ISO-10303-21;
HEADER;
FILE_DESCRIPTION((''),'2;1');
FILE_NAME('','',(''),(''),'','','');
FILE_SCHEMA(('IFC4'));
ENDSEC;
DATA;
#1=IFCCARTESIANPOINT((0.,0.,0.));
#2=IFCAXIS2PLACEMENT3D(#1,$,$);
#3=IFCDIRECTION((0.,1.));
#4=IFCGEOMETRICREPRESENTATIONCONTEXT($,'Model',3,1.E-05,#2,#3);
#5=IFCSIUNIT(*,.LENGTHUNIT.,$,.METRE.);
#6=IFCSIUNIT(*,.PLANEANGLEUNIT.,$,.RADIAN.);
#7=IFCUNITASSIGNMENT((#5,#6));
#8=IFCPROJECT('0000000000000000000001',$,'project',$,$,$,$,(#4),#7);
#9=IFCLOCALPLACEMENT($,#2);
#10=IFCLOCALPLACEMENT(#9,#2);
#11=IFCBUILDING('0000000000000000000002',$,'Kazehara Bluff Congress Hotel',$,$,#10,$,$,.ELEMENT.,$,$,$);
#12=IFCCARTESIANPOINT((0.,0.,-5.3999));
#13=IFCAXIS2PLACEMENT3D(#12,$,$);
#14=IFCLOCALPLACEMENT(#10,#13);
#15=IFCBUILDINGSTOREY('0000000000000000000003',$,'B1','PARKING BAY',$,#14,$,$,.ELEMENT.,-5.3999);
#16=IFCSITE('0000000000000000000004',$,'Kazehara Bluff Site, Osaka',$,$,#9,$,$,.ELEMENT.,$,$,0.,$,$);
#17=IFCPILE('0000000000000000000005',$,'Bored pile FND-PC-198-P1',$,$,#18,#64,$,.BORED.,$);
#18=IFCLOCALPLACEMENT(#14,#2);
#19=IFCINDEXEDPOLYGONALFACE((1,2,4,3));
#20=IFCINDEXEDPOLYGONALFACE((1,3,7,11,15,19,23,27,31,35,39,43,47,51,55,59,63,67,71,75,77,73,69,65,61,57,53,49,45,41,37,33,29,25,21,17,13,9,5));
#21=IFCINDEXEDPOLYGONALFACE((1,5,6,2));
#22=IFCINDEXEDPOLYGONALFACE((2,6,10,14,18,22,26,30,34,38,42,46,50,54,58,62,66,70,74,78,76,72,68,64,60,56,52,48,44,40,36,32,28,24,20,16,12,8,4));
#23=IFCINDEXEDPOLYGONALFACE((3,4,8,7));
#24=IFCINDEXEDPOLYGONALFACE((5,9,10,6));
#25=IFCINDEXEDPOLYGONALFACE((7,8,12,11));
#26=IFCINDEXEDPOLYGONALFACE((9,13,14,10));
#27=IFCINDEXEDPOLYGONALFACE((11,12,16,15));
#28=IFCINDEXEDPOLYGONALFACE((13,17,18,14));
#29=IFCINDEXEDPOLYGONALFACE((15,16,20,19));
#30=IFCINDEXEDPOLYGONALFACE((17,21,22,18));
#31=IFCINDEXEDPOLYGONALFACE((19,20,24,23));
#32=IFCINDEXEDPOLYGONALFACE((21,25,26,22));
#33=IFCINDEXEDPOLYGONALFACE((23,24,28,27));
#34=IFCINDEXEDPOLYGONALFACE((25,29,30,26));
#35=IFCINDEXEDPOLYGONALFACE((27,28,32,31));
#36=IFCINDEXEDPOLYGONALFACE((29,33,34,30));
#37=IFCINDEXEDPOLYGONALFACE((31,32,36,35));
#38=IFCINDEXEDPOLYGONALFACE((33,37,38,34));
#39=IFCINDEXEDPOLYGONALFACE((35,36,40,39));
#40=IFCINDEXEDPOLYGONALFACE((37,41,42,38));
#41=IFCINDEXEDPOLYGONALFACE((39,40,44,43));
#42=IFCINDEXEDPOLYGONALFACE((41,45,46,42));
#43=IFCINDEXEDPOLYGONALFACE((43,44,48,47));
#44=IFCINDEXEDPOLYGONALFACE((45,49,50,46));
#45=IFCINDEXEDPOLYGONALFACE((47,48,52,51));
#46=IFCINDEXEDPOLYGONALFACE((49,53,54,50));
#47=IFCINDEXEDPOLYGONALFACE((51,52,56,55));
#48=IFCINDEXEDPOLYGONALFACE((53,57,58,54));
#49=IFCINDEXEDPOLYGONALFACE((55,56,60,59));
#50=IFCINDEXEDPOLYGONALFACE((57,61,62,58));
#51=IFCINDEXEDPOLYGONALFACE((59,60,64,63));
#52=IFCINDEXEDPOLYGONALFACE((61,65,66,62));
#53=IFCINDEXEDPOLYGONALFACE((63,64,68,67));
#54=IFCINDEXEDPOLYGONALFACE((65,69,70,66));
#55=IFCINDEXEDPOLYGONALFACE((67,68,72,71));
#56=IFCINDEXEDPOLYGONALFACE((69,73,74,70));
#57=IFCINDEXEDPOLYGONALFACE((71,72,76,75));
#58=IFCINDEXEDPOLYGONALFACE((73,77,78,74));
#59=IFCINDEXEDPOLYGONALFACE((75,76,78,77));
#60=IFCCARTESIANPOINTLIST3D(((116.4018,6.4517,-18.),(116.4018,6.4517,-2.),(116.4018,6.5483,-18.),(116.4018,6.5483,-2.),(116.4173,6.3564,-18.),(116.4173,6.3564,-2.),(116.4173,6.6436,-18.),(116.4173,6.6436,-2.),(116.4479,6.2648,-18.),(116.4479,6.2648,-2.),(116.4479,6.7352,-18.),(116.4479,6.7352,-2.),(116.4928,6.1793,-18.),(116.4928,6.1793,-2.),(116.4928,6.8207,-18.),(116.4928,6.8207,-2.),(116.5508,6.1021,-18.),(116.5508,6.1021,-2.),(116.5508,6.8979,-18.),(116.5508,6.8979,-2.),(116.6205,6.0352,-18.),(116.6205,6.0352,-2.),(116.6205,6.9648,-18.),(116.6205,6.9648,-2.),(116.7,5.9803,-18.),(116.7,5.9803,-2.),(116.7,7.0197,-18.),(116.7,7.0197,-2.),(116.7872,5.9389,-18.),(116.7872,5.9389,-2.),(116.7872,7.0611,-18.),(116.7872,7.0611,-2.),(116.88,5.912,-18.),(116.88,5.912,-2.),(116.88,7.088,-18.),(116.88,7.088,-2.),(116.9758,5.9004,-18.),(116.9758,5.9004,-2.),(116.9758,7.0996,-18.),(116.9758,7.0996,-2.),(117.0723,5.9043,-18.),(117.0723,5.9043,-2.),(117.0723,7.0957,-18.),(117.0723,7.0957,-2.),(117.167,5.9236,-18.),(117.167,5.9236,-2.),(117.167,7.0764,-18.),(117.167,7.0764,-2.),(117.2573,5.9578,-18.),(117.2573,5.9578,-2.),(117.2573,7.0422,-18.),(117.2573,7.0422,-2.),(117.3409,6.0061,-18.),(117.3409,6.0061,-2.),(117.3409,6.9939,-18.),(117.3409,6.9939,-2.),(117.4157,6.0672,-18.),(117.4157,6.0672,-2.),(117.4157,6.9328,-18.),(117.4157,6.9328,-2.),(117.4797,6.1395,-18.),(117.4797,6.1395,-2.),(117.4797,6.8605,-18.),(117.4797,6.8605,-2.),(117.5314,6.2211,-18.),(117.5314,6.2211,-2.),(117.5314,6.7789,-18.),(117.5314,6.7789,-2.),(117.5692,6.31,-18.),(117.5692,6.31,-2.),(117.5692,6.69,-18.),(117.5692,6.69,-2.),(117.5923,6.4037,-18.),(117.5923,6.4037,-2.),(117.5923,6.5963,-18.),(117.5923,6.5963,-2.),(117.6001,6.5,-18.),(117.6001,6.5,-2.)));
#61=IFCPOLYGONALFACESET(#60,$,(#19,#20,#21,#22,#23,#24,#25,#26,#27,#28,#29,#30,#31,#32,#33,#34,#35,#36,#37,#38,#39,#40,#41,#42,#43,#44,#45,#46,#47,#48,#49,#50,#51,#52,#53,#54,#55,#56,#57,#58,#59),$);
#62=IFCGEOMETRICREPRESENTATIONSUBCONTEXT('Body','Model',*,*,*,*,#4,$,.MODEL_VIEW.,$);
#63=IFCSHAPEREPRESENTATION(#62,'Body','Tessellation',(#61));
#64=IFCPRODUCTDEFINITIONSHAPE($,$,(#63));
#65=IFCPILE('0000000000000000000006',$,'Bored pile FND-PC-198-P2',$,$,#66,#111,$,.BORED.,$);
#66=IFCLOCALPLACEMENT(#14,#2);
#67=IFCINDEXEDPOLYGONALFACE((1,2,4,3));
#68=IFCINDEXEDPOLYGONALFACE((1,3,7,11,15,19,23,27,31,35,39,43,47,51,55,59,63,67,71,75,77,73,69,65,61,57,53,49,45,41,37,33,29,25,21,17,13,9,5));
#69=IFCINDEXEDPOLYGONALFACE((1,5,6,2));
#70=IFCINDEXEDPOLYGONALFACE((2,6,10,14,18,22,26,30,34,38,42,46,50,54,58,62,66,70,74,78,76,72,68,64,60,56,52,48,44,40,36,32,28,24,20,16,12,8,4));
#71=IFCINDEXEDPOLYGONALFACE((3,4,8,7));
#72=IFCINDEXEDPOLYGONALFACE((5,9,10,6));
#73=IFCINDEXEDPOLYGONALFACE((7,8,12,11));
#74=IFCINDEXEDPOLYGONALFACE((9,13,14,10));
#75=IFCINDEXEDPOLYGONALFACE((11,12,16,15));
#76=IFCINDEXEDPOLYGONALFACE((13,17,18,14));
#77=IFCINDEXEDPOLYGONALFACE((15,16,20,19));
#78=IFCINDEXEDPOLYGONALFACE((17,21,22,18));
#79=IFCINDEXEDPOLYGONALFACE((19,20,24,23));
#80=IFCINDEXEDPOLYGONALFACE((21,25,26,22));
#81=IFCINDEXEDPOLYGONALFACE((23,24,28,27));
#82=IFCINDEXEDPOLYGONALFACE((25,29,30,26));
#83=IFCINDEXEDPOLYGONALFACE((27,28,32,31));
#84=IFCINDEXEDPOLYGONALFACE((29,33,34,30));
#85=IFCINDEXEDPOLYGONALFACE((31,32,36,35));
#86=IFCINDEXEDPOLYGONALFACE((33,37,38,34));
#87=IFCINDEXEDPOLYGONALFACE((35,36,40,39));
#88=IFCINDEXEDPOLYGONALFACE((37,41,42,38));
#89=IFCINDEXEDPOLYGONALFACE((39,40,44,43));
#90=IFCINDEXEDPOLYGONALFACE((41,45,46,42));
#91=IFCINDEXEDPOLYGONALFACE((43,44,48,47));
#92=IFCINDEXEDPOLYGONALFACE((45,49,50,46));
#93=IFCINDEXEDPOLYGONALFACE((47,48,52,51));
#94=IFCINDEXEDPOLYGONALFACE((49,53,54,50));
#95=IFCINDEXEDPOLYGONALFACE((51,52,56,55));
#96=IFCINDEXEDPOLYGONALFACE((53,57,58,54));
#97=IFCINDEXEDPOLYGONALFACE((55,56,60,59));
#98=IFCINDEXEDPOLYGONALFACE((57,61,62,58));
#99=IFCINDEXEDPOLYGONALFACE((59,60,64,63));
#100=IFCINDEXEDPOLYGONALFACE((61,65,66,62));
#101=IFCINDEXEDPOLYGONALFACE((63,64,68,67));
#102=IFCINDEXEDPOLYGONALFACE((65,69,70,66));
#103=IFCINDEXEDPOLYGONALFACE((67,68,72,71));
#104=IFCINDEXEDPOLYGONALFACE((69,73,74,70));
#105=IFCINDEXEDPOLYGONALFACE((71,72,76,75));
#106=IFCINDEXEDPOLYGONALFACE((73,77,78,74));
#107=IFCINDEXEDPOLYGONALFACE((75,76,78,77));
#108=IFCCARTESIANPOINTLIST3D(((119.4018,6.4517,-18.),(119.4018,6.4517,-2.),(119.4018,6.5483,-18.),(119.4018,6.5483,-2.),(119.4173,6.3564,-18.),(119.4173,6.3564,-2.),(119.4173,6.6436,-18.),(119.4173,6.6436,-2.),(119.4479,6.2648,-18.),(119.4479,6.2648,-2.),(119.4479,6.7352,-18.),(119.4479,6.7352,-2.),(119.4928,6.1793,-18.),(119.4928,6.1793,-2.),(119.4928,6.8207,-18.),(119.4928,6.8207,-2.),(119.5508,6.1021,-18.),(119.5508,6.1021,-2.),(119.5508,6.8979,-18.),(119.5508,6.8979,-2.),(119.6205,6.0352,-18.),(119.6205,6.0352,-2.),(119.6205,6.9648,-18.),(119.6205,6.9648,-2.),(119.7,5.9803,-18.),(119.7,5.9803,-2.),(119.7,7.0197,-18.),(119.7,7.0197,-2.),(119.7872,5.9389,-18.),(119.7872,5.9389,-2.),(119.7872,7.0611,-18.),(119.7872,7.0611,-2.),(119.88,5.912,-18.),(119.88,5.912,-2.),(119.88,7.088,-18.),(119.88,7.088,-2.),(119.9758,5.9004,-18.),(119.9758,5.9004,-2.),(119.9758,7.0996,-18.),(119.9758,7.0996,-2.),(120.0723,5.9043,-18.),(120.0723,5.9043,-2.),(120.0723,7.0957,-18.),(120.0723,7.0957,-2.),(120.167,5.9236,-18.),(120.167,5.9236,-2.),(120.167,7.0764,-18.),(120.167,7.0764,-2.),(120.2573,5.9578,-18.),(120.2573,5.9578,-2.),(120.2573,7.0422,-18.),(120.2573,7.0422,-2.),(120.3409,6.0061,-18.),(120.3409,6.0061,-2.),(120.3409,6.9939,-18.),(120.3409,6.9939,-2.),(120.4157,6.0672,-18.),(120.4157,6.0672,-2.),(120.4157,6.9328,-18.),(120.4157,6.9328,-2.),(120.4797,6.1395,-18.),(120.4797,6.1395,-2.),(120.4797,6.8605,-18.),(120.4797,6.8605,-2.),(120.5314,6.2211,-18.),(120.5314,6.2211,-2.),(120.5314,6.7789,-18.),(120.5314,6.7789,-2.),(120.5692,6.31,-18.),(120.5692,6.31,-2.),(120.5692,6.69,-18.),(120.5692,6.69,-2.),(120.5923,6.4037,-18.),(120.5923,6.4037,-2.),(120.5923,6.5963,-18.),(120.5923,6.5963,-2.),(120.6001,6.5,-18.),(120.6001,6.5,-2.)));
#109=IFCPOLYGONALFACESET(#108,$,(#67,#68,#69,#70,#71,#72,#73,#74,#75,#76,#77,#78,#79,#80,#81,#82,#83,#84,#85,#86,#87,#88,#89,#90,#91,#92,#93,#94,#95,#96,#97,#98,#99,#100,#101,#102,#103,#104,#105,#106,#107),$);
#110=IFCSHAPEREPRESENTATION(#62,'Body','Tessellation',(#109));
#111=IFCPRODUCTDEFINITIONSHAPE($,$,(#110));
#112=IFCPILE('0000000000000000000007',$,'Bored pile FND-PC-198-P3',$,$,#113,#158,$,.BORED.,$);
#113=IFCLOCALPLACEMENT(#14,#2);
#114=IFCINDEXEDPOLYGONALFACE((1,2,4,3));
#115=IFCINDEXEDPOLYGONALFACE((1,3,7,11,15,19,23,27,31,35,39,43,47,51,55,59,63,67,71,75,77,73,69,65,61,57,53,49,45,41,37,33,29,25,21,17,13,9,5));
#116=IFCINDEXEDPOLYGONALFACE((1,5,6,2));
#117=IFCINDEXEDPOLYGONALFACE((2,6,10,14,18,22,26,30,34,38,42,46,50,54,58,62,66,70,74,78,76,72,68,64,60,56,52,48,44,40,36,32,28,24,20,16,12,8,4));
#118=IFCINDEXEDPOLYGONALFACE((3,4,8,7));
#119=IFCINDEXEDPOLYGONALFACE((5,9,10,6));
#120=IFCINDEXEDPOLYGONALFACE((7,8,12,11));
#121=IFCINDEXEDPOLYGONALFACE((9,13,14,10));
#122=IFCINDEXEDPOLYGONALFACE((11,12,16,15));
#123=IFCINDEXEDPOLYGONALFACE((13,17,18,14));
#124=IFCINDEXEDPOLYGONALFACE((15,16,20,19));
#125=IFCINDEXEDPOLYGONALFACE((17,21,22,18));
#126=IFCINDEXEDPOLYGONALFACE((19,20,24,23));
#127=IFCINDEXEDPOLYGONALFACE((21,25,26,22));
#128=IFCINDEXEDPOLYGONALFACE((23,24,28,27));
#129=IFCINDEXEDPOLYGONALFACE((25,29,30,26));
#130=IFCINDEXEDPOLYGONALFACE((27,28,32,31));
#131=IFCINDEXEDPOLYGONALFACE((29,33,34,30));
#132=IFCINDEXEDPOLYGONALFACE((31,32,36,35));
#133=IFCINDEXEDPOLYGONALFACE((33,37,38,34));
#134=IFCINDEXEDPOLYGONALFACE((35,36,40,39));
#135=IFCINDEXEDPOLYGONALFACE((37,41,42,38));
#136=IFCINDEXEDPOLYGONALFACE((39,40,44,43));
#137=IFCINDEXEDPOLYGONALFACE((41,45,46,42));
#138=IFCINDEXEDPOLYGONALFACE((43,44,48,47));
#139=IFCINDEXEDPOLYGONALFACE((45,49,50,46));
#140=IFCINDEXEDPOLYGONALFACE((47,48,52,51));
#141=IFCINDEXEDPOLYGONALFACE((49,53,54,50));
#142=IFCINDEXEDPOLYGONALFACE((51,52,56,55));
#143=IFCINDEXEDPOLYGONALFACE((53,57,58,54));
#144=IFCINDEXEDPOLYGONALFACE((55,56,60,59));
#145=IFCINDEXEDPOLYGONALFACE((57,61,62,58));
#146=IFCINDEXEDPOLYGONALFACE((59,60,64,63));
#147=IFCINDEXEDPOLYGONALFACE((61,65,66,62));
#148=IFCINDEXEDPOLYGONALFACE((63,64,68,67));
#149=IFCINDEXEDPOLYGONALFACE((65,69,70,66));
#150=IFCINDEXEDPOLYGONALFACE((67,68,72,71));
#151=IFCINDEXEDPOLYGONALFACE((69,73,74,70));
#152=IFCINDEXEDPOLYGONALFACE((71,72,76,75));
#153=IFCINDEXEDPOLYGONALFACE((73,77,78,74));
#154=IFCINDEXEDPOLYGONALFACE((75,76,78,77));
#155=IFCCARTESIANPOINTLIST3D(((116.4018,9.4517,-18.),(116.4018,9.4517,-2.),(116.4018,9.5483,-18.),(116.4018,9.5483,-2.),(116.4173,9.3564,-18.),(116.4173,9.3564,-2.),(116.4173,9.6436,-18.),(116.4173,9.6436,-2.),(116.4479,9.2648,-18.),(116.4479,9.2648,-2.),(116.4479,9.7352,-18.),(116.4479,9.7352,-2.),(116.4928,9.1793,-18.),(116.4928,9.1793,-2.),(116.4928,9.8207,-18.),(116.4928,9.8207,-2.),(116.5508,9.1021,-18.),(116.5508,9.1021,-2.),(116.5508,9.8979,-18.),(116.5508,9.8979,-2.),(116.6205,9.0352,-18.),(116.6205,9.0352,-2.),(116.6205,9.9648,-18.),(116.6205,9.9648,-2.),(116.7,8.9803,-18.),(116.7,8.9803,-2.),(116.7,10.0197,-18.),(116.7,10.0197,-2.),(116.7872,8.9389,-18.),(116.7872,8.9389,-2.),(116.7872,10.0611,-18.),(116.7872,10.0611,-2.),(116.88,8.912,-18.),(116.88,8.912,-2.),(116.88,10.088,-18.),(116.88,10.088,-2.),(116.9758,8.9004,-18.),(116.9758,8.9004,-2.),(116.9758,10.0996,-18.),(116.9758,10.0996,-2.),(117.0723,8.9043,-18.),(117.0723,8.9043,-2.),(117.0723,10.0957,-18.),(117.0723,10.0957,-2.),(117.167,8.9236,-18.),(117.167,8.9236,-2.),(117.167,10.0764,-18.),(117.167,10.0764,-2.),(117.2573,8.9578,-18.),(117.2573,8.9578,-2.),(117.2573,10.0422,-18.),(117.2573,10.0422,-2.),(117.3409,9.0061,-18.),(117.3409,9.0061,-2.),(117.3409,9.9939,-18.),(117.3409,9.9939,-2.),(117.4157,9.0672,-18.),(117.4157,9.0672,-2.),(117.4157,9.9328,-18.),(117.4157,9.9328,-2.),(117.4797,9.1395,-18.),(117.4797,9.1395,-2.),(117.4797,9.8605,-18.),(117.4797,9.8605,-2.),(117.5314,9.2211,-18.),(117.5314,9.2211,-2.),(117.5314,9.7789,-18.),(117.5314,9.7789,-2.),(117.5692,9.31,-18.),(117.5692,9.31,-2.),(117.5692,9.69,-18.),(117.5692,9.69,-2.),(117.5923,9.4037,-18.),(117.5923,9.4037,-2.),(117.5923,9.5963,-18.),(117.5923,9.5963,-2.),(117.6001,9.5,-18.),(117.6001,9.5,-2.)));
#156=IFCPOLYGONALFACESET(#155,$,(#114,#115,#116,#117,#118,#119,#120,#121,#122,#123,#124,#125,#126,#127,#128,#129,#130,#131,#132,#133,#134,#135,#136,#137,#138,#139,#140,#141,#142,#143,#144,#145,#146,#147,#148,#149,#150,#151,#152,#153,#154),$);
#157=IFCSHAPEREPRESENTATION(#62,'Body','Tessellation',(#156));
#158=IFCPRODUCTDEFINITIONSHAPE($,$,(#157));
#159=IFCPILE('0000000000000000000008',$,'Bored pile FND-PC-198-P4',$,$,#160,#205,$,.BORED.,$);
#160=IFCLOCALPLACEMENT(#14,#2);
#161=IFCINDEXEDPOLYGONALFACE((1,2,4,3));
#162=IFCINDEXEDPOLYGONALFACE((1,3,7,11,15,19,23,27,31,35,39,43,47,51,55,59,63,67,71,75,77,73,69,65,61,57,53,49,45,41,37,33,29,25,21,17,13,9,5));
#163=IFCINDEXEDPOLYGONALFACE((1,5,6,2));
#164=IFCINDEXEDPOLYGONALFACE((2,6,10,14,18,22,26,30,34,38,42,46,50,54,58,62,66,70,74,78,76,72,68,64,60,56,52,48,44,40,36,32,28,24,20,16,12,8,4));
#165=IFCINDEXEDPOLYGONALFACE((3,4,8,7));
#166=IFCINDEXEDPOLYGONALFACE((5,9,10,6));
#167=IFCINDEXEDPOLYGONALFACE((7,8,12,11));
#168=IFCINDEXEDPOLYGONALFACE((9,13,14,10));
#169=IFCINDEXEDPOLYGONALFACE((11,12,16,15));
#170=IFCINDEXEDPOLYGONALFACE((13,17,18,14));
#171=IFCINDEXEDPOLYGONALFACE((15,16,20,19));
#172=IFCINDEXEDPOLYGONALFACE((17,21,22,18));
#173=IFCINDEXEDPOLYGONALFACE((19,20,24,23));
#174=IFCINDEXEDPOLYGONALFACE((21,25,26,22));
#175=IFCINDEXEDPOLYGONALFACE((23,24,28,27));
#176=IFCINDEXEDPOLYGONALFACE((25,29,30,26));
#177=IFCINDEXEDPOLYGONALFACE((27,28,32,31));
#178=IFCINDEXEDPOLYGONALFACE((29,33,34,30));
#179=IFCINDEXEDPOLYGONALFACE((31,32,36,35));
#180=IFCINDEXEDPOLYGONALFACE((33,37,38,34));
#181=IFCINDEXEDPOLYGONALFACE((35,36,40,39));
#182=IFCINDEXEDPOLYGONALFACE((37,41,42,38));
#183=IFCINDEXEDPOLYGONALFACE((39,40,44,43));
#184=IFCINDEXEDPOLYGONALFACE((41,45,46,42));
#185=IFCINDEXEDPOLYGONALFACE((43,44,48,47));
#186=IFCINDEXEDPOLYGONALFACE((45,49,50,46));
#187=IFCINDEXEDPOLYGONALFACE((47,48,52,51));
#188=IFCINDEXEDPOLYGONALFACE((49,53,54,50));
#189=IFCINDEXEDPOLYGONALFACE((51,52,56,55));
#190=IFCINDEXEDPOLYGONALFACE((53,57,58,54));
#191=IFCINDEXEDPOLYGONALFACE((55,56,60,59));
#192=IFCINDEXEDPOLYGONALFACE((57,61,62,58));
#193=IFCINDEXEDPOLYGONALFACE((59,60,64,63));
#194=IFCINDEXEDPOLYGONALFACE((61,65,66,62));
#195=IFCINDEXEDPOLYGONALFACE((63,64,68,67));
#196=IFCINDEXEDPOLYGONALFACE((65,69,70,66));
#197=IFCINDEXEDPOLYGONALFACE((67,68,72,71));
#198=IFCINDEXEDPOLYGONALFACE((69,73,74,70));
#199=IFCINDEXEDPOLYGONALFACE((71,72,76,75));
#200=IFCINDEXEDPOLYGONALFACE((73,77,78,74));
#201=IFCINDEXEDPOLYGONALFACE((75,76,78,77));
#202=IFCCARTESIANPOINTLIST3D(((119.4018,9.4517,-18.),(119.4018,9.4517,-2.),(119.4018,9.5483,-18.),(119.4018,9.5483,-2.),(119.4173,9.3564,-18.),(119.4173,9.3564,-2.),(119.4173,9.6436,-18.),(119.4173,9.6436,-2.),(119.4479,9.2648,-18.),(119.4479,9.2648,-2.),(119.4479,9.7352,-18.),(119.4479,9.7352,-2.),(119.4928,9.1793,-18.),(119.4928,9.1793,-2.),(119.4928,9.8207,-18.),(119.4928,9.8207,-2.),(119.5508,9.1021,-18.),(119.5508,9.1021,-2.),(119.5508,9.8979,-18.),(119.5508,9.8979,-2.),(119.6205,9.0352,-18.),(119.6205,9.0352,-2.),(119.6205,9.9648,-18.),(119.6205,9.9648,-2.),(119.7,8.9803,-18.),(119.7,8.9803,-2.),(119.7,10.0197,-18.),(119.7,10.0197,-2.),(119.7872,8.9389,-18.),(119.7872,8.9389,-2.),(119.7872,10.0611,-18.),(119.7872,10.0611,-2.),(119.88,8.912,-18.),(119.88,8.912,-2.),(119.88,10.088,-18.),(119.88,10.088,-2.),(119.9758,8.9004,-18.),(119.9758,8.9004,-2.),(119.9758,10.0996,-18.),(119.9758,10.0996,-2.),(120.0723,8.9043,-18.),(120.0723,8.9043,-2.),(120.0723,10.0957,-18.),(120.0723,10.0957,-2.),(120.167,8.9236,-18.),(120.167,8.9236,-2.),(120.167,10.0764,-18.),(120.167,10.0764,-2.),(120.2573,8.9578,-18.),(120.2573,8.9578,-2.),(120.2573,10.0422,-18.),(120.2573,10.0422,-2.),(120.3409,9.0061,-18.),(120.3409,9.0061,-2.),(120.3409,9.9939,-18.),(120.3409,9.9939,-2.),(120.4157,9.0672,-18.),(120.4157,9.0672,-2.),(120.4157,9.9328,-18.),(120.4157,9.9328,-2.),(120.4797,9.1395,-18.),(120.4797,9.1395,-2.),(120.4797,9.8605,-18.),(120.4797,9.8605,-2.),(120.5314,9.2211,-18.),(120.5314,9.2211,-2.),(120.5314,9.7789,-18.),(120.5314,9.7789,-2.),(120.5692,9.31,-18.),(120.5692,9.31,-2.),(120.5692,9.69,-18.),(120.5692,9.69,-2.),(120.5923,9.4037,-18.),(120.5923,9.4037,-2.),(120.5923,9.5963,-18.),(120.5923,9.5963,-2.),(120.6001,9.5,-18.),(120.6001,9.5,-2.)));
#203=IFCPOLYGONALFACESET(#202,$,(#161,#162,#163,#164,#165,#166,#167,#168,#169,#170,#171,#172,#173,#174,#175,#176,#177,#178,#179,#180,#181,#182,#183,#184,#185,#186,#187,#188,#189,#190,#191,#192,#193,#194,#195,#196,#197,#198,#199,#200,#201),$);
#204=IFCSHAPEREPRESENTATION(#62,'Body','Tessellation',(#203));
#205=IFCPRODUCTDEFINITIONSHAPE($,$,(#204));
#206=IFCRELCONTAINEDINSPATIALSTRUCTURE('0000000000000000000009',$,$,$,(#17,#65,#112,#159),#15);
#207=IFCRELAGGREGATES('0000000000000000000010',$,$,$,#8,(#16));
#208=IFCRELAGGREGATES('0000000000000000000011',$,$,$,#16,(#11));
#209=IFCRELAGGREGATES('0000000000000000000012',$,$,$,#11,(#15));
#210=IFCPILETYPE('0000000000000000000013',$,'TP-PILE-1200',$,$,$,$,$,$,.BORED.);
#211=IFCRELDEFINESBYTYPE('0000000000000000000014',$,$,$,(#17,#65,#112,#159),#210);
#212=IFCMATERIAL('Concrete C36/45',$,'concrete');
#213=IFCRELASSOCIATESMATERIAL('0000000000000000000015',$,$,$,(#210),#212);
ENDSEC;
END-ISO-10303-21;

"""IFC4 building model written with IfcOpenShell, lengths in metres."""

from ifc_helpers import new_model, si_unit, direction, frame, origin, origin_2d, place, context, subcontext, project, spatial, circle, extrude, material, material_profile, profile_set, type_object, element, save


model = new_model("IFC4")

# Units and contexts
model_context = context("Model", 3, precision=1e-05, world=origin(), true_north=direction((0.0, 1.0)))
body_context = subcontext(model_context, "Body", "Model", "MODEL_VIEW")
ifc_project = project(units=[si_unit("LENGTHUNIT", "METRE"), si_unit("PLANEANGLEUNIT", "RADIAN")], contexts=[model_context])

# Site, building, storey
site_placement = place(None, origin())
site = spatial("IfcSite", under=ifc_project, at=site_placement, Name="Kazehara Bluff Site, Osaka", CompositionType="ELEMENT", RefElevation=0.0)
building_placement = place(site_placement, origin())
building = spatial("IfcBuilding", under=site, at=building_placement, Name="Kazehara Bluff Congress Hotel", CompositionType="ELEMENT")
storey_placement = place(building_placement, frame((0.0, 0.0, -5.3999)))
storey = spatial("IfcBuildingStorey", under=building, at=storey_placement, Name="B1", Description="PARKING BAY", CompositionType="ELEMENT", Elevation=-5.3999)

# Piles
ifc_material_1 = material(Name="Concrete C36/45", Category="concrete")
ifc_material_profile_1 = material_profile(ifc_material_1, circle(Radius=0.6001, at=origin_2d()))
ifc_profile_set_1 = profile_set([ifc_material_profile_1], Name="Concrete C36/45")
pile_type = type_object("IfcPileType", Name="TP-PILE-1200", PredefinedType="BORED", material=ifc_profile_set_1)
for number, where, z_axis, x_axis, name in (
    (1, (117.0, 6.5, -2.0), (0.0, 0.0, -1.0), (1.0, 0.0, 0.0), "Bored pile FND-PC-198-P1"),
    (2, (120.0, 6.5, -2.0), (0.0, 0.0, -1.0), (1.0, 0.0, 0.0), "Bored pile FND-PC-198-P2"),
    (3, (117.0, 9.5, -2.0), (0.0, 0.0, -1.0), (1.0, 0.0, 0.0), "Bored pile FND-PC-198-P3"),
    (4, (120.0, 9.5, -2.0), (0.0, 0.0, -1.0), (1.0, 0.0, 0.0), "Bored pile FND-PC-198-P4"),
):
    element("IfcPile", number, at=place(storey_placement, frame(where, z_axis=z_axis, x_axis=x_axis)), inside=storey, type_object=pile_type, Name=name, PredefinedType="BORED", context=body_context, shape_type="SweptSolid", body=[
        extrude(circle(Radius=0.6001, at=origin_2d()), origin(), (0.0, 0.0, 1.0), 16.0),
    ])

save(model, "model.ifc")
